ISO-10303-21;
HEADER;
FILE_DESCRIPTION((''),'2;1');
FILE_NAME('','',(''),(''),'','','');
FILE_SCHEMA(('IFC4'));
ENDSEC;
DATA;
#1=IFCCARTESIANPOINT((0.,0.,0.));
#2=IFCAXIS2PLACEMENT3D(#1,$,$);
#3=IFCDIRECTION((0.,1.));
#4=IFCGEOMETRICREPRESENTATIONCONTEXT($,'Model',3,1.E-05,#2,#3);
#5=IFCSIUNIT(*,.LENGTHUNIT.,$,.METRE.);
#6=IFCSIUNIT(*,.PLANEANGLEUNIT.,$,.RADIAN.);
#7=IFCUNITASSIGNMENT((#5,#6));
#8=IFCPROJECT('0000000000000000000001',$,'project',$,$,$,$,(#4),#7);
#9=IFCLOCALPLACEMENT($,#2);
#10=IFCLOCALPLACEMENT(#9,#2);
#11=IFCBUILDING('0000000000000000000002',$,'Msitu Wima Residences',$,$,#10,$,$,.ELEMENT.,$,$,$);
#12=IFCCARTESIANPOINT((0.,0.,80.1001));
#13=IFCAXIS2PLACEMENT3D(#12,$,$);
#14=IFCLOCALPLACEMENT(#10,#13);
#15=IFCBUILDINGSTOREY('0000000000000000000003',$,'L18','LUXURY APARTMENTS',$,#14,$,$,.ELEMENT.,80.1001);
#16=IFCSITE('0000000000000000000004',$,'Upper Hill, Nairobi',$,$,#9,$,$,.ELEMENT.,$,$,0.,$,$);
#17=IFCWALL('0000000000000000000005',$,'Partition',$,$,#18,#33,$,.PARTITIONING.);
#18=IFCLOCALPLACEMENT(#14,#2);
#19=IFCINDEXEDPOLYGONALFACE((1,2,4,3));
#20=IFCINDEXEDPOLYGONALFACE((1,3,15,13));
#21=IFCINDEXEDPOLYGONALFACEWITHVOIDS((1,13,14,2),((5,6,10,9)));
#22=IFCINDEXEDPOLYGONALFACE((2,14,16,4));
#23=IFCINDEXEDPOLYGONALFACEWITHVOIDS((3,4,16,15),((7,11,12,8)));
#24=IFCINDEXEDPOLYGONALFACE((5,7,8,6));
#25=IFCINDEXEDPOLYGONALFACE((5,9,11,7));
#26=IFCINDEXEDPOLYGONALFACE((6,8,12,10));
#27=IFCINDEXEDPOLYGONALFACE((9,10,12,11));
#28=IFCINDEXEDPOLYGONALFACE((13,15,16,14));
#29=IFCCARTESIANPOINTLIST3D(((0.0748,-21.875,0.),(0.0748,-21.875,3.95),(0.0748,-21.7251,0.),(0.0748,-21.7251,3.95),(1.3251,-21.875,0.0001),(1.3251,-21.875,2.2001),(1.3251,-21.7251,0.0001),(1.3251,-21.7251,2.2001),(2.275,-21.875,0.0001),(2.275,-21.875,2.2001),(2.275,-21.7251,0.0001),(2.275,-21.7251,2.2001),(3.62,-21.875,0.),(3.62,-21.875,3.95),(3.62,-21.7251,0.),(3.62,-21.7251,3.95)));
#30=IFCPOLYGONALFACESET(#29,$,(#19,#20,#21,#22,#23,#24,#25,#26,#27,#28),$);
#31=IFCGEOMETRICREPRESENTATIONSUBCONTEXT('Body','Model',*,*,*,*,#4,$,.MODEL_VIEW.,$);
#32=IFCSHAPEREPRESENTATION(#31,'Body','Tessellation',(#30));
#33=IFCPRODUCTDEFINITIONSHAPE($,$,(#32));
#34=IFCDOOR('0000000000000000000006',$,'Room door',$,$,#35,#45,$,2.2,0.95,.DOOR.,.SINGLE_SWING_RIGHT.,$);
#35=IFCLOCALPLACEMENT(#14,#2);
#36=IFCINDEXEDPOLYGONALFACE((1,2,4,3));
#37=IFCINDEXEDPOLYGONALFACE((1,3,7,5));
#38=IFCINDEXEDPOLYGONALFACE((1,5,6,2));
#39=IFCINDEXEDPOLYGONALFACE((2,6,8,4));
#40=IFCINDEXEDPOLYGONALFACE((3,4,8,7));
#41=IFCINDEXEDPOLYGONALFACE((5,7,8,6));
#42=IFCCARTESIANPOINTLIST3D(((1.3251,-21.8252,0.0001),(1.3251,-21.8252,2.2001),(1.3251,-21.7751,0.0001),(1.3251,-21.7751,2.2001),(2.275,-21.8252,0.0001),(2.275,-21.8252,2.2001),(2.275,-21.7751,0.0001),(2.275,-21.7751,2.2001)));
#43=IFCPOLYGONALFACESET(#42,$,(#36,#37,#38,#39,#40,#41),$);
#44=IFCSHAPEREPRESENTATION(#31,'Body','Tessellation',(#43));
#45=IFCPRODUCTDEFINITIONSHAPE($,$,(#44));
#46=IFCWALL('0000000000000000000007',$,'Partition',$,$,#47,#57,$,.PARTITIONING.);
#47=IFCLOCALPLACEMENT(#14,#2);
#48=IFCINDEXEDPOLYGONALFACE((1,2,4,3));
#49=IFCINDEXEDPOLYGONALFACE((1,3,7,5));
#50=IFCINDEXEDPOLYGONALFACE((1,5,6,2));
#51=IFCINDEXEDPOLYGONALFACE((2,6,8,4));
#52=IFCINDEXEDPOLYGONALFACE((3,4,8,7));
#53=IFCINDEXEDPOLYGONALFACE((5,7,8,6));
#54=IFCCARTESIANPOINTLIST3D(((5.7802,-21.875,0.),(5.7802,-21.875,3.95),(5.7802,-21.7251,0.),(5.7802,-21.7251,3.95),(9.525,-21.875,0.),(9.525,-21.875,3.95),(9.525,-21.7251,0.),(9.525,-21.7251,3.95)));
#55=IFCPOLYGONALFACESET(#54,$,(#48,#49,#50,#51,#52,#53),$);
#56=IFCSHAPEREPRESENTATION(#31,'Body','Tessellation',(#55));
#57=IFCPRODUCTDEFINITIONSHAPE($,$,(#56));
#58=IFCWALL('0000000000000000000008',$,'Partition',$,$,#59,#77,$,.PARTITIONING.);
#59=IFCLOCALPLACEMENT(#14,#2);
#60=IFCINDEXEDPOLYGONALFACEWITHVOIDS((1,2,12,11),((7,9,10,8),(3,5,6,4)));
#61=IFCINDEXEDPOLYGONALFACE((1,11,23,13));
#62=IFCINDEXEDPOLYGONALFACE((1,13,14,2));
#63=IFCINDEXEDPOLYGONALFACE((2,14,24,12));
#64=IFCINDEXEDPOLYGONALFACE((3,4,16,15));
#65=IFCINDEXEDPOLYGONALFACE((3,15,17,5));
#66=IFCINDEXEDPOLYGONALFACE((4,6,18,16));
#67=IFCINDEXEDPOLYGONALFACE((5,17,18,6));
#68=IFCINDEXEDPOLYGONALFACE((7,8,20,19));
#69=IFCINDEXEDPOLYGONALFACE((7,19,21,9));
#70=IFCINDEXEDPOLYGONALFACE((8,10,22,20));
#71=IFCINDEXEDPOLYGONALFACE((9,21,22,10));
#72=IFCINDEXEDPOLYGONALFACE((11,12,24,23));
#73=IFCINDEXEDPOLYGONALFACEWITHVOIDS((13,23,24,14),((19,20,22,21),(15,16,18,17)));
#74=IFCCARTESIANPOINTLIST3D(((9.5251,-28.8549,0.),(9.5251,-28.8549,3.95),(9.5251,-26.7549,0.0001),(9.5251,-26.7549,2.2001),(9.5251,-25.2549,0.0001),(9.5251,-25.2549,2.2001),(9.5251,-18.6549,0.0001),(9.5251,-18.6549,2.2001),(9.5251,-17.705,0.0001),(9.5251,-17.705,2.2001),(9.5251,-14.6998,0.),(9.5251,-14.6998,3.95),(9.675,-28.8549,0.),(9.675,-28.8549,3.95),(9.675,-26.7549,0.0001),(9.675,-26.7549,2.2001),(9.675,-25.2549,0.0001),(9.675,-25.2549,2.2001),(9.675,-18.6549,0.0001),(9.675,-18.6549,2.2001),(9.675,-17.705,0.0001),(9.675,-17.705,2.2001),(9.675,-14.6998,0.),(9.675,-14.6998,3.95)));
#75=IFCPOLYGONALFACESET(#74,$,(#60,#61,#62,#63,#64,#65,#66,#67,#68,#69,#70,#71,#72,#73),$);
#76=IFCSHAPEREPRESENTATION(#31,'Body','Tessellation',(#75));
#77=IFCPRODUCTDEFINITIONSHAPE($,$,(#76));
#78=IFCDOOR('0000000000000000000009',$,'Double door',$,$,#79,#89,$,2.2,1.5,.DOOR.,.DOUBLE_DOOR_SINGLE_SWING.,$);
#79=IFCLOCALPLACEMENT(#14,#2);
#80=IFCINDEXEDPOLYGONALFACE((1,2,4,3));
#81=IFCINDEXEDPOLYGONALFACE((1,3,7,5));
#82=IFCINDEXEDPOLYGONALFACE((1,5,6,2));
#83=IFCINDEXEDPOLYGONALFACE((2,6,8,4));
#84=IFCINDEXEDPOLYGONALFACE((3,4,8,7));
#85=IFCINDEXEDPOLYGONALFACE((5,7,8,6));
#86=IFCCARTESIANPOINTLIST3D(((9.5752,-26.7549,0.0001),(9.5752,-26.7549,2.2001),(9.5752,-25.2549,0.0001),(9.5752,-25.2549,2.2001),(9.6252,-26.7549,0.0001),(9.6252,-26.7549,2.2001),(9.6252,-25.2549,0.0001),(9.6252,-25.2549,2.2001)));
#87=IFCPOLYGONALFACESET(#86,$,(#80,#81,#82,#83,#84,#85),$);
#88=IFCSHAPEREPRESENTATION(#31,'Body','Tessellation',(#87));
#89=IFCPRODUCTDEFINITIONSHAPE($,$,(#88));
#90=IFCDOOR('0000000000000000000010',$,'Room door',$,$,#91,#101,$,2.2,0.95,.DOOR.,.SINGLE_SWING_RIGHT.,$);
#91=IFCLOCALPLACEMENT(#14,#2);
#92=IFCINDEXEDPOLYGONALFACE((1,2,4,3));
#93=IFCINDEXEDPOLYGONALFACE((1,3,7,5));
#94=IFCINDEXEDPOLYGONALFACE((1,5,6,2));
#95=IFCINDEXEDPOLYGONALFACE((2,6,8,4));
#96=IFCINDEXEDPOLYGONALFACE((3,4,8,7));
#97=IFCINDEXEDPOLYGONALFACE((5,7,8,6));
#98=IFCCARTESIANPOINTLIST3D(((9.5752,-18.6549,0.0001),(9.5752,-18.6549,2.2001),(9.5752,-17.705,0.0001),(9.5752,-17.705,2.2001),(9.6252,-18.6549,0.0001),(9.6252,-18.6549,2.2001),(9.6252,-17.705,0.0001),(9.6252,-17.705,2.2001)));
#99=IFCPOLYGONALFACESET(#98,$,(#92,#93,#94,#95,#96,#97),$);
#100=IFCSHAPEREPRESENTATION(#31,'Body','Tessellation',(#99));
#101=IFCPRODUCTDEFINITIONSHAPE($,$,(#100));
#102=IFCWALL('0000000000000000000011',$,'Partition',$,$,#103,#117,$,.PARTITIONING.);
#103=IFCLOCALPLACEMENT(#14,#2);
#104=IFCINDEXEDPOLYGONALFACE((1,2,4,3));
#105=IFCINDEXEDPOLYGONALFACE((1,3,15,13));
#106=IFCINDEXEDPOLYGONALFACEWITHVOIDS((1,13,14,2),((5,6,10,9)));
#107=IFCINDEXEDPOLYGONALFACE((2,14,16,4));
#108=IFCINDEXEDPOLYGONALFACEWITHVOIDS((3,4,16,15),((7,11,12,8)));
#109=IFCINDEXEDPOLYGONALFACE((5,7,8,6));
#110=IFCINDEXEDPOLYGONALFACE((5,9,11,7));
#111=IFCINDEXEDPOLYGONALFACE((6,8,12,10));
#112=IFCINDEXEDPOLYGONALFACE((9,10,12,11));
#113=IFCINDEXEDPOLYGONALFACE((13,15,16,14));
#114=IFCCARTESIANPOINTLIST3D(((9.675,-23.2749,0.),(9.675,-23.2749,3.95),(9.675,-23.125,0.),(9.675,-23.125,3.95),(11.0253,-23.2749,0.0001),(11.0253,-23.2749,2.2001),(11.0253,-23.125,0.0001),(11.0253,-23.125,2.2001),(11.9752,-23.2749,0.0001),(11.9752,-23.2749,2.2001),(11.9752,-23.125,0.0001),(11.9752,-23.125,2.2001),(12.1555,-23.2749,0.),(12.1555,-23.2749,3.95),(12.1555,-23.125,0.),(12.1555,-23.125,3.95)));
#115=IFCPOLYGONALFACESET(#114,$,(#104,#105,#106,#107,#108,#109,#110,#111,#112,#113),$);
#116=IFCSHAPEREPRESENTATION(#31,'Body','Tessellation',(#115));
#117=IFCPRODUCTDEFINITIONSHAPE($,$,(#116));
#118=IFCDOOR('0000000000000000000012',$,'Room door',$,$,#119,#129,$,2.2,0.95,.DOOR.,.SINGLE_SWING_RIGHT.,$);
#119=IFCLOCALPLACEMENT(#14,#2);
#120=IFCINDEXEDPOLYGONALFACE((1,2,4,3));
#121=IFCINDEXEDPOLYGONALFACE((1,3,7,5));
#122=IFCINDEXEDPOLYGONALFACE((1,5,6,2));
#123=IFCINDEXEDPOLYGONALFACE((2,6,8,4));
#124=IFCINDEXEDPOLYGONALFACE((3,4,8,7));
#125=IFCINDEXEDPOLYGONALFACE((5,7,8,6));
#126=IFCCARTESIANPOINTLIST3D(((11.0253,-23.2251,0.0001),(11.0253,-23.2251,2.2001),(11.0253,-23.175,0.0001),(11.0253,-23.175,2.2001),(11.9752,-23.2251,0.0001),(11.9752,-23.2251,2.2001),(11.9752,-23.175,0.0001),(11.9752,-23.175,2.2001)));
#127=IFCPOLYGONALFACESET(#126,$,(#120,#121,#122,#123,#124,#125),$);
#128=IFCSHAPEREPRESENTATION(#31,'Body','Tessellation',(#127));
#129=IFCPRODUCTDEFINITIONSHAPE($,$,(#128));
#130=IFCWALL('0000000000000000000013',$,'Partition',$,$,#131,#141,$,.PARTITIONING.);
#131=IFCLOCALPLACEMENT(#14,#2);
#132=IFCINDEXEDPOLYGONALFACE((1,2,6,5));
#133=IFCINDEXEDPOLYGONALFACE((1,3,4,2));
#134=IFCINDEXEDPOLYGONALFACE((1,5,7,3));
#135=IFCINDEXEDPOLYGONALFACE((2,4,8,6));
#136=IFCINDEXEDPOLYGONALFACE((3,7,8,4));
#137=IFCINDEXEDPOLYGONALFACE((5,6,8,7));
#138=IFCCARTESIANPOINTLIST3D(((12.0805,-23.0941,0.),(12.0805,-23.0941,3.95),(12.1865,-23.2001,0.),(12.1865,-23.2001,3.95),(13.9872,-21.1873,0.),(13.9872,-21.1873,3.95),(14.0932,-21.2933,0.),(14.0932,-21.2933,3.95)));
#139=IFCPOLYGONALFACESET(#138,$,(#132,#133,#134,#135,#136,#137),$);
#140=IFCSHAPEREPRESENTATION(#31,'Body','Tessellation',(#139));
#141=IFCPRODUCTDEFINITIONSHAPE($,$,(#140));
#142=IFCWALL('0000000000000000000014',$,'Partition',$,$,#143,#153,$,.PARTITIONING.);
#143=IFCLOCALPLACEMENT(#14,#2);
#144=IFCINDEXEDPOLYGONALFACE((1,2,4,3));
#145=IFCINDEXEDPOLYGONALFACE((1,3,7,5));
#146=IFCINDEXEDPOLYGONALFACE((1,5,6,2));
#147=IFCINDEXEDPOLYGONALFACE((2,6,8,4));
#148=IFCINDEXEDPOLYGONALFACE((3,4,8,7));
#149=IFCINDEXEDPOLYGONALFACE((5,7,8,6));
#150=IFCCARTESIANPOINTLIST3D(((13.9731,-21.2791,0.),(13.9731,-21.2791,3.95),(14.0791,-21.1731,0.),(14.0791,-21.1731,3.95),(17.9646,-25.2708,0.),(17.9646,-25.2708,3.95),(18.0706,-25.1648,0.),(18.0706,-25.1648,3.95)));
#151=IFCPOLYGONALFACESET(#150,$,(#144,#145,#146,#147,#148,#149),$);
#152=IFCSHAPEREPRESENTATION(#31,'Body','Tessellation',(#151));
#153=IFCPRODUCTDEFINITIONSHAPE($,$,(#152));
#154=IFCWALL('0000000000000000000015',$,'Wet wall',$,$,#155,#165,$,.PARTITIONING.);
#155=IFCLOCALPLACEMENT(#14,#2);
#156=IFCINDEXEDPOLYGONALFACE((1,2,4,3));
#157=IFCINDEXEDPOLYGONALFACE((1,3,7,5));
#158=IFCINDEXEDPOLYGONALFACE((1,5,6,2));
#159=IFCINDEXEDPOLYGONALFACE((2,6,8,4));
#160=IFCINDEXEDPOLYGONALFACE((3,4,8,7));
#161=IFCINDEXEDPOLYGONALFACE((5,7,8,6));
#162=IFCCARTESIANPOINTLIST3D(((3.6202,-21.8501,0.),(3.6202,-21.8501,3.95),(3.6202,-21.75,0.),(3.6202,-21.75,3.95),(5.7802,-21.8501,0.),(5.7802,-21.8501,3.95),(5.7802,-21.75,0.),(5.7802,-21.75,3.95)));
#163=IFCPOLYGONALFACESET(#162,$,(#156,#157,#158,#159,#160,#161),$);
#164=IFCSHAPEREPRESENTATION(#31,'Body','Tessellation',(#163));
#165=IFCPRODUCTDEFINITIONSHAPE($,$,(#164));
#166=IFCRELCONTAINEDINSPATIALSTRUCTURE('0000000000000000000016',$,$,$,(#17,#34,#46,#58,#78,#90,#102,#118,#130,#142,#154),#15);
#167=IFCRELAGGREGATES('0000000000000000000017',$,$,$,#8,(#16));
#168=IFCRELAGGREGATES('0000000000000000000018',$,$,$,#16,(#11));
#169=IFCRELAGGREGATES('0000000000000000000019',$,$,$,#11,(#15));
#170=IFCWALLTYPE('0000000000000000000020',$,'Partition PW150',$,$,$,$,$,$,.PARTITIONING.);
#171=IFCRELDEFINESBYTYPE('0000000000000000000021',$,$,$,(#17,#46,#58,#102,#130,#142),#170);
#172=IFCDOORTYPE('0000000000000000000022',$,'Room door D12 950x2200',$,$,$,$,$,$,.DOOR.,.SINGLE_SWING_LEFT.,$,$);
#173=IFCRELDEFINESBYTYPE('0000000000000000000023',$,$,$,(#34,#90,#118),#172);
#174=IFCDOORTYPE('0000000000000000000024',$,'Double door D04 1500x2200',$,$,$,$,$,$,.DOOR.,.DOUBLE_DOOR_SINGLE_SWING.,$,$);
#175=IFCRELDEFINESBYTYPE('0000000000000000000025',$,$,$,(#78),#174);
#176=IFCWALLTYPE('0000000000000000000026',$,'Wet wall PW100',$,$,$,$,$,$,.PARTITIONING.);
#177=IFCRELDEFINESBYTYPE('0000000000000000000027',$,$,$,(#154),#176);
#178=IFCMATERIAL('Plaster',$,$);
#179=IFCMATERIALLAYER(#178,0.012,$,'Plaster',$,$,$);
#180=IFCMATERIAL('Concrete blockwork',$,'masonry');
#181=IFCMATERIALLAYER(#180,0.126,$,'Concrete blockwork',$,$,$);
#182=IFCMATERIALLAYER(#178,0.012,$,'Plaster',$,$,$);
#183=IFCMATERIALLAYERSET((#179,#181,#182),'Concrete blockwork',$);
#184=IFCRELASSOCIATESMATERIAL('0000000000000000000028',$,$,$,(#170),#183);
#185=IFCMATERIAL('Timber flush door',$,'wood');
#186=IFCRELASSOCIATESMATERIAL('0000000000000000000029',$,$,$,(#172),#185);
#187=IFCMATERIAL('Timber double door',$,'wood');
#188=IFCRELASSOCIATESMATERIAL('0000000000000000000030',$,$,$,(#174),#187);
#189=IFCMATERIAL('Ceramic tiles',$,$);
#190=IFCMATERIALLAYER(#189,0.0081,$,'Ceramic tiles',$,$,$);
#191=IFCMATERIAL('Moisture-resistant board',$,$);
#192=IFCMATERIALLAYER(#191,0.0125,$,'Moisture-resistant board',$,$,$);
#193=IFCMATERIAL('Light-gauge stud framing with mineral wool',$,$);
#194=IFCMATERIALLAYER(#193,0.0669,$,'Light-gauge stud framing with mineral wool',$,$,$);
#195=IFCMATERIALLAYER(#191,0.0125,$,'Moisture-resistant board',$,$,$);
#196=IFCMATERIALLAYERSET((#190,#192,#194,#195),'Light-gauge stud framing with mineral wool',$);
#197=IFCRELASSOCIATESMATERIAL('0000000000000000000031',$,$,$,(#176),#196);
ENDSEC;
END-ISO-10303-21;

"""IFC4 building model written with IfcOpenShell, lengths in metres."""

from ifc_helpers import new_model, si_unit, direction, frame, frame_2d, origin, place, context, subcontext, project, spatial, rectangle, extrude, material, layer, layer_set, type_object, element, fill, save


model = new_model("IFC4")

# Units and contexts
model_context = context("Model", 3, precision=1e-05, world=origin(), true_north=direction((0.0, 1.0)))
body_context = subcontext(model_context, "Body", "Model", "MODEL_VIEW")
ifc_project = project(units=[si_unit("LENGTHUNIT", "METRE"), si_unit("PLANEANGLEUNIT", "RADIAN")], contexts=[model_context])

# Site, building, storey
site_placement = place(None, origin())
site = spatial("IfcSite", under=ifc_project, at=site_placement, Name="Upper Hill, Nairobi", CompositionType="ELEMENT", RefElevation=0.0)
building_placement = place(site_placement, origin())
building = spatial("IfcBuilding", under=site, at=building_placement, Name="Msitu Wima Residences", CompositionType="ELEMENT")
storey_placement = place(building_placement, frame((0.0, 0.0, 80.1001)))
storey = spatial("IfcBuildingStorey", under=building, at=storey_placement, Name="L18", Description="LUXURY APARTMENTS", CompositionType="ELEMENT", Elevation=80.1001)

# Wall, opening, door
ifc_material_1 = material(Name="Plaster")
ifc_layer_1 = layer(ifc_material_1, 0.012, Name="Plaster")
ifc_material_2 = material(Name="Concrete blockwork", Category="masonry")
ifc_layer_2 = layer(ifc_material_2, 0.126, Name="Concrete blockwork")
ifc_layer_3 = layer(ifc_material_1, 0.012, Name="Plaster")
ifc_layer_set_1 = layer_set([ifc_layer_1, ifc_layer_2, ifc_layer_3], Name="Concrete blockwork")
wall_type_1 = type_object("IfcWallType", Name="Partition PW150", PredefinedType="PARTITIONING", material=ifc_layer_set_1)
ifc_material_3 = material(Name="Timber flush door", Category="wood")
door_type_1 = type_object("IfcDoorType", Name="Room door D12 950x2200", OperationType="SINGLE_SWING_LEFT", PredefinedType="DOOR", material=ifc_material_3)
wall_1_placement = place(storey_placement, frame((0.075, -21.8, 0.0), z_axis=(0.0, 0.0, 1.0), x_axis=(1.0, 0.0, 0.0)))
wall_1 = element("IfcWall", 1, at=wall_1_placement, inside=storey, type_object=wall_type_1, Name="Partition", PredefinedType="PARTITIONING", context=body_context, shape_type="SweptSolid", body=[
    extrude(rectangle(XDim=3.5452, YDim=0.1499, at=frame_2d((1.7725, 0.0))), origin(), (0.0, 0.0, 1.0), 3.95),
])
opening_1_placement = place(wall_1_placement, frame((1.25, 0.0, 0.0)))
opening_1 = element("IfcOpeningElement", 2, at=opening_1_placement, cuts=wall_1, PredefinedType="OPENING", context=body_context, shape_type="SweptSolid", body=[
    extrude(rectangle(XDim=0.95, YDim=2.2, at=frame_2d((0.4751, 1.1001))), frame((0.0, 0.085, 0.0), z_axis=(0.0, -1.0, 0.0), x_axis=(1.0, 0.0, 0.0)), (0.0, 0.0, 1.0), 0.1699),
])
door_1_placement = place(opening_1_placement, origin())
door_1 = element("IfcDoor", 3, at=door_1_placement, inside=storey, type_object=door_type_1, Name="Room door", OperationType="SINGLE_SWING_RIGHT", OverallHeight=2.2, OverallWidth=0.95, PredefinedType="DOOR", context=body_context, shape_type="SweptSolid", body=[
    extrude(rectangle(XDim=0.95, YDim=2.2, at=frame_2d((0.4751, 1.1001))), frame((0.0, 0.0249, 0.0), z_axis=(0.0, -1.0, 0.0), x_axis=(1.0, 0.0, 0.0)), (0.0, 0.0, 1.0), 0.05),
])
fill(opening_1, door_1)

# Wall
wall_2_placement = place(storey_placement, frame((5.78, -21.8, 0.0), z_axis=(0.0, 0.0, 1.0), x_axis=(1.0, 0.0, 0.0)))
element("IfcWall", 4, at=wall_2_placement, inside=storey, type_object=wall_type_1, Name="Partition", PredefinedType="PARTITIONING", context=body_context, shape_type="SweptSolid", body=[
    extrude(rectangle(XDim=3.7449, YDim=0.1499, at=frame_2d((1.8726, 0.0))), origin(), (0.0, 0.0, 1.0), 3.95),
])

# Wall, openings, doors
wall_3_placement = place(storey_placement, frame((9.6001, -28.855, 0.0), z_axis=(0.0, 0.0, 1.0), x_axis=(0.0, 1.0, 0.0)))
wall_3 = element("IfcWall", 5, at=wall_3_placement, inside=storey, type_object=wall_type_1, Name="Partition", PredefinedType="PARTITIONING", context=body_context, shape_type="SweptSolid", body=[
    extrude(rectangle(XDim=14.155, YDim=0.1499, at=frame_2d((7.0776, 0.0))), origin(), (0.0, 0.0, 1.0), 3.95),
])
opening_2_placement = place(wall_3_placement, frame((2.1001, 0.0, 0.0)))
opening_2 = element("IfcOpeningElement", 6, at=opening_2_placement, cuts=wall_3, PredefinedType="OPENING", context=body_context, shape_type="SweptSolid", body=[
    extrude(rectangle(XDim=1.5, YDim=2.2, at=frame_2d((0.75, 1.1001))), frame((0.0, 0.085, 0.0), z_axis=(0.0, -1.0, 0.0), x_axis=(1.0, 0.0, 0.0)), (0.0, 0.0, 1.0), 0.1699),
])
opening_3_placement = place(wall_3_placement, frame((10.2, 0.0, 0.0)))
opening_3 = element("IfcOpeningElement", 7, at=opening_3_placement, cuts=wall_3, PredefinedType="OPENING", context=body_context, shape_type="SweptSolid", body=[
    extrude(rectangle(XDim=0.95, YDim=2.2, at=frame_2d((0.4751, 1.1001))), frame((0.0, 0.085, 0.0), z_axis=(0.0, -1.0, 0.0), x_axis=(1.0, 0.0, 0.0)), (0.0, 0.0, 1.0), 0.1699),
])
ifc_material_4 = material(Name="Timber double door", Category="wood")
door_type_2 = type_object("IfcDoorType", Name="Double door D04 1500x2200", OperationType="DOUBLE_DOOR_SINGLE_SWING", PredefinedType="DOOR", material=ifc_material_4)
door_2_placement = place(opening_2_placement, origin())
door_2 = element("IfcDoor", 8, at=door_2_placement, inside=storey, type_object=door_type_2, Name="Double door", OperationType="DOUBLE_DOOR_SINGLE_SWING", OverallHeight=2.2, OverallWidth=1.5, PredefinedType="DOOR", context=body_context, shape_type="SweptSolid", body=[
    extrude(rectangle(XDim=1.5, YDim=2.2, at=frame_2d((0.75, 1.1001))), frame((0.0, 0.0249, 0.0), z_axis=(0.0, -1.0, 0.0), x_axis=(1.0, 0.0, 0.0)), (0.0, 0.0, 1.0), 0.05),
])
fill(opening_2, door_2)
door_3_placement = place(opening_3_placement, origin())
door_3 = element("IfcDoor", 9, at=door_3_placement, inside=storey, type_object=door_type_1, Name="Room door", OperationType="SINGLE_SWING_RIGHT", OverallHeight=2.2, OverallWidth=0.95, PredefinedType="DOOR", context=body_context, shape_type="SweptSolid", body=[
    extrude(rectangle(XDim=0.95, YDim=2.2, at=frame_2d((0.4751, 1.1001))), frame((0.0, 0.0249, 0.0), z_axis=(0.0, -1.0, 0.0), x_axis=(1.0, 0.0, 0.0)), (0.0, 0.0, 1.0), 0.05),
])
fill(opening_3, door_3)

# Wall, opening, door
wall_4_placement = place(storey_placement, frame((9.675, -23.2, 0.0), z_axis=(0.0, 0.0, 1.0), x_axis=(1.0, 0.0, 0.0)))
wall_4 = element("IfcWall", 10, at=wall_4_placement, inside=storey, type_object=wall_type_1, Name="Partition", PredefinedType="PARTITIONING", context=body_context, shape_type="SweptSolid", body=[
    extrude(rectangle(XDim=2.4805, YDim=0.1499, at=frame_2d((1.2402, 0.0))), origin(), (0.0, 0.0, 1.0), 3.95),
])
opening_4_placement = place(wall_4_placement, frame((1.3501, 0.0, 0.0)))
opening_4 = element("IfcOpeningElement", 11, at=opening_4_placement, cuts=wall_4, PredefinedType="OPENING", context=body_context, shape_type="SweptSolid", body=[
    extrude(rectangle(XDim=0.95, YDim=2.2, at=frame_2d((0.4751, 1.1001))), frame((0.0, 0.085, 0.0), z_axis=(0.0, -1.0, 0.0), x_axis=(1.0, 0.0, 0.0)), (0.0, 0.0, 1.0), 0.1699),
])
door_4_placement = place(opening_4_placement, origin())
door_4 = element("IfcDoor", 12, at=door_4_placement, inside=storey, type_object=door_type_1, Name="Room door", OperationType="SINGLE_SWING_RIGHT", OverallHeight=2.2, OverallWidth=0.95, PredefinedType="DOOR", context=body_context, shape_type="SweptSolid", body=[
    extrude(rectangle(XDim=0.95, YDim=2.2, at=frame_2d((0.4751, 1.1001))), frame((0.0, 0.0249, 0.0), z_axis=(0.0, -1.0, 0.0), x_axis=(1.0, 0.0, 0.0)), (0.0, 0.0, 1.0), 0.05),
])
fill(opening_4, door_4)

# Walls
wall_5_placement = place(storey_placement, frame((12.1335, -23.147, 0.0), z_axis=(0.0, 0.0, 1.0), x_axis=(0.707107, 0.707107, 0.0)))
element("IfcWall", 13, at=wall_5_placement, inside=storey, type_object=wall_type_1, Name="Partition", PredefinedType="PARTITIONING", context=body_context, shape_type="SweptSolid", body=[
    extrude(rectangle(XDim=2.6965, YDim=0.1499, at=frame_2d((1.3481, 0.0))), origin(), (0.0, 0.0, 1.0), 3.95),
])
wall_6_placement = place(storey_placement, frame((14.0261, -21.2261, 0.0), z_axis=(0.0, 0.0, 1.0), x_axis=(0.707085, -0.707128, 0.0)))
element("IfcWall", 14, at=wall_6_placement, inside=storey, type_object=wall_type_1, Name="Partition", PredefinedType="PARTITIONING", context=body_context, shape_type="SweptSolid", body=[
    extrude(rectangle(XDim=5.645, YDim=0.1499, at=frame_2d((2.8225, 0.0))), origin(), (0.0, 0.0, 1.0), 3.95),
])
ifc_material_5 = material(Name="Ceramic tiles")
ifc_layer_4 = layer(ifc_material_5, 0.0081, Name="Ceramic tiles")
ifc_material_6 = material(Name="Moisture-resistant board")
ifc_layer_5 = layer(ifc_material_6, 0.0125, Name="Moisture-resistant board")
ifc_material_7 = material(Name="Light-gauge stud framing with mineral wool")
ifc_layer_6 = layer(ifc_material_7, 0.0669, Name="Light-gauge stud framing with mineral wool")
ifc_layer_7 = layer(ifc_material_6, 0.0125, Name="Moisture-resistant board")
ifc_layer_set_2 = layer_set([ifc_layer_4, ifc_layer_5, ifc_layer_6, ifc_layer_7], Name="Light-gauge stud framing with mineral wool")
wall_type_2 = type_object("IfcWallType", Name="Wet wall PW100", PredefinedType="PARTITIONING", material=ifc_layer_set_2)
wall_7_placement = place(storey_placement, frame((3.6201, -21.8, 0.0), z_axis=(0.0, 0.0, 1.0), x_axis=(1.0, 0.0, 0.0)))
element("IfcWall", 15, at=wall_7_placement, inside=storey, type_object=wall_type_2, Name="Wet wall", PredefinedType="PARTITIONING", context=body_context, shape_type="SweptSolid", body=[
    extrude(rectangle(XDim=2.1599, YDim=0.1001, at=frame_2d((1.0801, 0.0))), origin(), (0.0, 0.0, 1.0), 3.95),
])

save(model, "model.ifc")
